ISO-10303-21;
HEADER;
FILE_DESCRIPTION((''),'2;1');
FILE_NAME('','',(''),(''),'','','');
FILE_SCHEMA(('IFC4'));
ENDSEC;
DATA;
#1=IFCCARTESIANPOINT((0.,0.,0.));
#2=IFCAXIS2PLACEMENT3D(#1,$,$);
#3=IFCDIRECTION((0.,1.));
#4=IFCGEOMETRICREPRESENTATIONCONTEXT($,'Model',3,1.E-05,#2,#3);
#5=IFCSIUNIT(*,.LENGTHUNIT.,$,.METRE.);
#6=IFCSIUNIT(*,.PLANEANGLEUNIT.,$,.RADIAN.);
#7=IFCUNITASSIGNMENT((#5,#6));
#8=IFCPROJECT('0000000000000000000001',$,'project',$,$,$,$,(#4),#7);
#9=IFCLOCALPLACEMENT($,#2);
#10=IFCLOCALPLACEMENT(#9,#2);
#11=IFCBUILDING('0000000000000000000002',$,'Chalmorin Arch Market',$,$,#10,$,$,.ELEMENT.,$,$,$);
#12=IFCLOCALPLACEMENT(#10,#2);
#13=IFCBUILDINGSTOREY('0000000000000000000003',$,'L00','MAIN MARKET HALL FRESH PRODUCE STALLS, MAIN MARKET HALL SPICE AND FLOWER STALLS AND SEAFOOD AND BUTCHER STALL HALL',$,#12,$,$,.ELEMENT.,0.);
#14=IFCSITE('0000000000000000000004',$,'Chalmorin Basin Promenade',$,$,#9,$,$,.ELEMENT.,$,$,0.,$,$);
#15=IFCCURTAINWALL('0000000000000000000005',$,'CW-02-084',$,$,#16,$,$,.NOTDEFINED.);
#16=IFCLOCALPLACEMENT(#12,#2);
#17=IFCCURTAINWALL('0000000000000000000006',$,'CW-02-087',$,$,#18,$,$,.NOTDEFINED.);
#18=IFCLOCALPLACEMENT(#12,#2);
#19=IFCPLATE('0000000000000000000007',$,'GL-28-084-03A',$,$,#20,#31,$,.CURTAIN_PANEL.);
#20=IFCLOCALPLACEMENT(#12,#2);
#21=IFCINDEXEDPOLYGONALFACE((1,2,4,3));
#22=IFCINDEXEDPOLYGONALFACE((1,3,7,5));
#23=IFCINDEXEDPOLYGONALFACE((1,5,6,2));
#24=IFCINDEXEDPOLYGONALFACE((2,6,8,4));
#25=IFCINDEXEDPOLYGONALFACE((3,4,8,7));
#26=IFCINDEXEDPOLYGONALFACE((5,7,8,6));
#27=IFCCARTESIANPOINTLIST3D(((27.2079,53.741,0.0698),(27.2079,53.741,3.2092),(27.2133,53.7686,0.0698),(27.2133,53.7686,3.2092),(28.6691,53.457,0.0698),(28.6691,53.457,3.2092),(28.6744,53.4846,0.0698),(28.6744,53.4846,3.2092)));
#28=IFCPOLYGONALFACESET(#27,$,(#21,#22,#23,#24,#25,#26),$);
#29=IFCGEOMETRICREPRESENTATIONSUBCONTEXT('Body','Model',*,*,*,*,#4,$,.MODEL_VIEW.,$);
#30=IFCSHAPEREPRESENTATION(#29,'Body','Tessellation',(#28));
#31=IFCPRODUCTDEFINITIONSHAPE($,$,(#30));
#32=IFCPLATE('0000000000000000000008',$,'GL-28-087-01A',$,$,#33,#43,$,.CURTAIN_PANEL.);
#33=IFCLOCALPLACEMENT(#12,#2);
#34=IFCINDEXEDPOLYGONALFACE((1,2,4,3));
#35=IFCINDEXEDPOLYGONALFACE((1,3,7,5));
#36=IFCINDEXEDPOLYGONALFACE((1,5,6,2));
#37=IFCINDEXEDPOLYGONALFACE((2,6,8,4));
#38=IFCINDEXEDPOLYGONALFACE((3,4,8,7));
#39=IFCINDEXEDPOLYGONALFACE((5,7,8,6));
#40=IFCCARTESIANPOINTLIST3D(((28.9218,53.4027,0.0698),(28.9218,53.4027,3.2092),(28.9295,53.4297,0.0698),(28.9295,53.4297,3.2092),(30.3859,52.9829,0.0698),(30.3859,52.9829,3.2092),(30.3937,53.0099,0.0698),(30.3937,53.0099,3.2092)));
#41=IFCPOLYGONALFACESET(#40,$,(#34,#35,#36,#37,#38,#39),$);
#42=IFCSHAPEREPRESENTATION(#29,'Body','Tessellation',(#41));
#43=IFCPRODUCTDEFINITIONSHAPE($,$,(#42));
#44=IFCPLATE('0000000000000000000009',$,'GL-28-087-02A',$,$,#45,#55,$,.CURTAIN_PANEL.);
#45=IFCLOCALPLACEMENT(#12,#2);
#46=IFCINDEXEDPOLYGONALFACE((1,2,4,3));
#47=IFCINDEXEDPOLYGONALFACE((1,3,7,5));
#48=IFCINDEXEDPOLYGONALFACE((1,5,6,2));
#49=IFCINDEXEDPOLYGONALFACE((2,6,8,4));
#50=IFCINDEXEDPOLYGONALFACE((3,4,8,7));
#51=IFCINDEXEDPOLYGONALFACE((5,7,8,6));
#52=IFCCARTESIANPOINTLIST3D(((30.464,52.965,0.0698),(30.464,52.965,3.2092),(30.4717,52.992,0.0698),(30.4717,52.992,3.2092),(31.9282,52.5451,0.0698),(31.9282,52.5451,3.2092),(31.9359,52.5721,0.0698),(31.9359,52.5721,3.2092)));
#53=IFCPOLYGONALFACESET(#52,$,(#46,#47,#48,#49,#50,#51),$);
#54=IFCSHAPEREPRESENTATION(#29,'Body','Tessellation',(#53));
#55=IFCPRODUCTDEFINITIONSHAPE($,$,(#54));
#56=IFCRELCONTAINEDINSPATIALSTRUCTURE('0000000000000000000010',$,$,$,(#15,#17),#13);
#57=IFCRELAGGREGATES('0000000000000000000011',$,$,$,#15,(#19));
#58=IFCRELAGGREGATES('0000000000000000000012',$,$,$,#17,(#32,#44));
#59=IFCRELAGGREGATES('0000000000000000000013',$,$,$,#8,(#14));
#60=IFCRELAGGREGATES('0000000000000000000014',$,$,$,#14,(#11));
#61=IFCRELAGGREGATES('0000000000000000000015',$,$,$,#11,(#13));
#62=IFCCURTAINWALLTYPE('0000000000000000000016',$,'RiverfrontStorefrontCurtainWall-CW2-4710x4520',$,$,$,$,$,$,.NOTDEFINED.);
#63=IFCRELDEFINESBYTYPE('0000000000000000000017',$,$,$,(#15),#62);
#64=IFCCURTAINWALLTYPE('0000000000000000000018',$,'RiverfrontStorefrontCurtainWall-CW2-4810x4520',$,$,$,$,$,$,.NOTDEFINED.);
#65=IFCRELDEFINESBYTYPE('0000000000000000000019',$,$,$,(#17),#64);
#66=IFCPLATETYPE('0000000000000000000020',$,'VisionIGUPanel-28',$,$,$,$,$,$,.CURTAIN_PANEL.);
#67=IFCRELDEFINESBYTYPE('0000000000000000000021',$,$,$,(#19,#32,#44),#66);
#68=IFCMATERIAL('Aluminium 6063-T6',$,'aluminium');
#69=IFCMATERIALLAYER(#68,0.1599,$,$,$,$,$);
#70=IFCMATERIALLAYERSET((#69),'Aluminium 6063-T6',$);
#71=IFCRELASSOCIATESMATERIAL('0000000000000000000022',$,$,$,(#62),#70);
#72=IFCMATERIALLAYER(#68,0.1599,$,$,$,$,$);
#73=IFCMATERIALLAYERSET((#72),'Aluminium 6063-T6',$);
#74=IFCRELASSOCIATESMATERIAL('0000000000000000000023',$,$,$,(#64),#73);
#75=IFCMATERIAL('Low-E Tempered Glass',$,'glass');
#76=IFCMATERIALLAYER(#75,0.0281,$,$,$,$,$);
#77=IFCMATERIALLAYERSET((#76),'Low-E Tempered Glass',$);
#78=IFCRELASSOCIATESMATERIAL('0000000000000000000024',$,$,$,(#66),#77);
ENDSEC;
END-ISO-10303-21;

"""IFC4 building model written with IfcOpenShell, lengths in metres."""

from ifc_helpers import new_model, si_unit, direction, frame, origin, origin_2d, place, context, subcontext, project, spatial, rectangle, extrude, material, layer, layer_set, type_object, element, aggregate, save


model = new_model("IFC4")

# Units and contexts
model_context = context("Model", 3, precision=1e-05, world=origin(), true_north=direction((0.0, 1.0)))
body_context = subcontext(model_context, "Body", "Model", "MODEL_VIEW")
ifc_project = project(units=[si_unit("LENGTHUNIT", "METRE"), si_unit("PLANEANGLEUNIT", "RADIAN")], contexts=[model_context])

# Site, building, storey
site_placement = place(None, origin())
site = spatial("IfcSite", under=ifc_project, at=site_placement, Name="Chalmorin Basin Promenade", CompositionType="ELEMENT", RefElevation=0.0)
building_placement = place(site_placement, origin())
building = spatial("IfcBuilding", under=site, at=building_placement, Name="Chalmorin Arch Market", CompositionType="ELEMENT")
storey_placement = place(building_placement, origin())
storey = spatial("IfcBuildingStorey", under=building, at=storey_placement, Name="L00", Description="MAIN MARKET HALL FRESH PRODUCE STALLS, MAIN MARKET HALL SPICE AND FLOWER STALLS AND SEAFOOD AND BUTCHER STALL HALL", CompositionType="ELEMENT", Elevation=0.0)

# Curtain walls
ifc_material_1 = material(Name="Aluminium 6063-T6", Category="aluminium")
ifc_layer_1 = layer(ifc_material_1, 0.1599)
ifc_layer_set_1 = layer_set([ifc_layer_1], Name="Aluminium 6063-T6")
curtain_wall_type_1 = type_object("IfcCurtainWallType", Name="RiverfrontStorefrontCurtainWall-CW2-4710x4520", PredefinedType="NOTDEFINED", material=ifc_layer_set_1)
curtain_wall_1_placement = place(storey_placement, origin())
curtain_wall_1 = element("IfcCurtainWall", 1, at=curtain_wall_1_placement, inside=storey, type_object=curtain_wall_type_1, Name="CW-02-084", PredefinedType="NOTDEFINED")
ifc_layer_2 = layer(ifc_material_1, 0.1599)
ifc_layer_set_2 = layer_set([ifc_layer_2], Name="Aluminium 6063-T6")
curtain_wall_type_2 = type_object("IfcCurtainWallType", Name="RiverfrontStorefrontCurtainWall-CW2-4810x4520", PredefinedType="NOTDEFINED", material=ifc_layer_set_2)
curtain_wall_2_placement = place(storey_placement, origin())
curtain_wall_2 = element("IfcCurtainWall", 2, at=curtain_wall_2_placement, inside=storey, type_object=curtain_wall_type_2, Name="CW-02-087", PredefinedType="NOTDEFINED")

# Plates
ifc_material_2 = material(Name="Low-E Tempered Glass", Category="glass")
ifc_layer_3 = layer(ifc_material_2, 0.0281)
ifc_layer_set_3 = layer_set([ifc_layer_3], Name="Low-E Tempered Glass")
plate_type_1 = type_object("IfcPlateType", Name="VisionIGUPanel-28", PredefinedType="CURTAIN_PANEL", material=ifc_layer_set_3)
plate_1_placement = place(storey_placement, frame((27.9412, 53.6128, 0.0698), z_axis=(0.0, 0.0, 1.0), x_axis=(0.981627, -0.190809, 0.0)))
plate_1 = element("IfcPlate", 3, at=plate_1_placement, type_object=plate_type_1, Name="GL-28-084-03A", PredefinedType="CURTAIN_PANEL", context=body_context, shape_type="SweptSolid", body=[
    extrude(rectangle(XDim=1.4885, YDim=0.0281, at=origin_2d()), origin(), (0.0, 0.0, 1.0), 3.1394),
])
aggregate(curtain_wall_1, [plate_1])
plate_2_placement = place(storey_placement, frame((29.6577, 53.2063, 0.0698), z_axis=(0.0, 0.0, 1.0), x_axis=(0.961262, -0.275637, 0.0)))
plate_2 = element("IfcPlate", 4, at=plate_2_placement, type_object=plate_type_1, Name="GL-28-087-01A", PredefinedType="CURTAIN_PANEL", context=body_context, shape_type="SweptSolid", body=[
    extrude(rectangle(XDim=1.5232, YDim=0.0281, at=origin_2d()), origin(), (0.0, 0.0, 1.0), 3.1394),
])
plate_3_placement = place(storey_placement, frame((31.2, 52.7686, 0.0698), z_axis=(0.0, 0.0, 1.0), x_axis=(0.961262, -0.275637, 0.0)))
plate_3 = element("IfcPlate", 5, at=plate_3_placement, type_object=plate_type_1, Name="GL-28-087-02A", PredefinedType="CURTAIN_PANEL", context=body_context, shape_type="SweptSolid", body=[
    extrude(rectangle(XDim=1.5232, YDim=0.0281, at=origin_2d()), origin(), (0.0, 0.0, 1.0), 3.1394),
])
aggregate(curtain_wall_2, [plate_2, plate_3])

save(model, "model.ifc")
